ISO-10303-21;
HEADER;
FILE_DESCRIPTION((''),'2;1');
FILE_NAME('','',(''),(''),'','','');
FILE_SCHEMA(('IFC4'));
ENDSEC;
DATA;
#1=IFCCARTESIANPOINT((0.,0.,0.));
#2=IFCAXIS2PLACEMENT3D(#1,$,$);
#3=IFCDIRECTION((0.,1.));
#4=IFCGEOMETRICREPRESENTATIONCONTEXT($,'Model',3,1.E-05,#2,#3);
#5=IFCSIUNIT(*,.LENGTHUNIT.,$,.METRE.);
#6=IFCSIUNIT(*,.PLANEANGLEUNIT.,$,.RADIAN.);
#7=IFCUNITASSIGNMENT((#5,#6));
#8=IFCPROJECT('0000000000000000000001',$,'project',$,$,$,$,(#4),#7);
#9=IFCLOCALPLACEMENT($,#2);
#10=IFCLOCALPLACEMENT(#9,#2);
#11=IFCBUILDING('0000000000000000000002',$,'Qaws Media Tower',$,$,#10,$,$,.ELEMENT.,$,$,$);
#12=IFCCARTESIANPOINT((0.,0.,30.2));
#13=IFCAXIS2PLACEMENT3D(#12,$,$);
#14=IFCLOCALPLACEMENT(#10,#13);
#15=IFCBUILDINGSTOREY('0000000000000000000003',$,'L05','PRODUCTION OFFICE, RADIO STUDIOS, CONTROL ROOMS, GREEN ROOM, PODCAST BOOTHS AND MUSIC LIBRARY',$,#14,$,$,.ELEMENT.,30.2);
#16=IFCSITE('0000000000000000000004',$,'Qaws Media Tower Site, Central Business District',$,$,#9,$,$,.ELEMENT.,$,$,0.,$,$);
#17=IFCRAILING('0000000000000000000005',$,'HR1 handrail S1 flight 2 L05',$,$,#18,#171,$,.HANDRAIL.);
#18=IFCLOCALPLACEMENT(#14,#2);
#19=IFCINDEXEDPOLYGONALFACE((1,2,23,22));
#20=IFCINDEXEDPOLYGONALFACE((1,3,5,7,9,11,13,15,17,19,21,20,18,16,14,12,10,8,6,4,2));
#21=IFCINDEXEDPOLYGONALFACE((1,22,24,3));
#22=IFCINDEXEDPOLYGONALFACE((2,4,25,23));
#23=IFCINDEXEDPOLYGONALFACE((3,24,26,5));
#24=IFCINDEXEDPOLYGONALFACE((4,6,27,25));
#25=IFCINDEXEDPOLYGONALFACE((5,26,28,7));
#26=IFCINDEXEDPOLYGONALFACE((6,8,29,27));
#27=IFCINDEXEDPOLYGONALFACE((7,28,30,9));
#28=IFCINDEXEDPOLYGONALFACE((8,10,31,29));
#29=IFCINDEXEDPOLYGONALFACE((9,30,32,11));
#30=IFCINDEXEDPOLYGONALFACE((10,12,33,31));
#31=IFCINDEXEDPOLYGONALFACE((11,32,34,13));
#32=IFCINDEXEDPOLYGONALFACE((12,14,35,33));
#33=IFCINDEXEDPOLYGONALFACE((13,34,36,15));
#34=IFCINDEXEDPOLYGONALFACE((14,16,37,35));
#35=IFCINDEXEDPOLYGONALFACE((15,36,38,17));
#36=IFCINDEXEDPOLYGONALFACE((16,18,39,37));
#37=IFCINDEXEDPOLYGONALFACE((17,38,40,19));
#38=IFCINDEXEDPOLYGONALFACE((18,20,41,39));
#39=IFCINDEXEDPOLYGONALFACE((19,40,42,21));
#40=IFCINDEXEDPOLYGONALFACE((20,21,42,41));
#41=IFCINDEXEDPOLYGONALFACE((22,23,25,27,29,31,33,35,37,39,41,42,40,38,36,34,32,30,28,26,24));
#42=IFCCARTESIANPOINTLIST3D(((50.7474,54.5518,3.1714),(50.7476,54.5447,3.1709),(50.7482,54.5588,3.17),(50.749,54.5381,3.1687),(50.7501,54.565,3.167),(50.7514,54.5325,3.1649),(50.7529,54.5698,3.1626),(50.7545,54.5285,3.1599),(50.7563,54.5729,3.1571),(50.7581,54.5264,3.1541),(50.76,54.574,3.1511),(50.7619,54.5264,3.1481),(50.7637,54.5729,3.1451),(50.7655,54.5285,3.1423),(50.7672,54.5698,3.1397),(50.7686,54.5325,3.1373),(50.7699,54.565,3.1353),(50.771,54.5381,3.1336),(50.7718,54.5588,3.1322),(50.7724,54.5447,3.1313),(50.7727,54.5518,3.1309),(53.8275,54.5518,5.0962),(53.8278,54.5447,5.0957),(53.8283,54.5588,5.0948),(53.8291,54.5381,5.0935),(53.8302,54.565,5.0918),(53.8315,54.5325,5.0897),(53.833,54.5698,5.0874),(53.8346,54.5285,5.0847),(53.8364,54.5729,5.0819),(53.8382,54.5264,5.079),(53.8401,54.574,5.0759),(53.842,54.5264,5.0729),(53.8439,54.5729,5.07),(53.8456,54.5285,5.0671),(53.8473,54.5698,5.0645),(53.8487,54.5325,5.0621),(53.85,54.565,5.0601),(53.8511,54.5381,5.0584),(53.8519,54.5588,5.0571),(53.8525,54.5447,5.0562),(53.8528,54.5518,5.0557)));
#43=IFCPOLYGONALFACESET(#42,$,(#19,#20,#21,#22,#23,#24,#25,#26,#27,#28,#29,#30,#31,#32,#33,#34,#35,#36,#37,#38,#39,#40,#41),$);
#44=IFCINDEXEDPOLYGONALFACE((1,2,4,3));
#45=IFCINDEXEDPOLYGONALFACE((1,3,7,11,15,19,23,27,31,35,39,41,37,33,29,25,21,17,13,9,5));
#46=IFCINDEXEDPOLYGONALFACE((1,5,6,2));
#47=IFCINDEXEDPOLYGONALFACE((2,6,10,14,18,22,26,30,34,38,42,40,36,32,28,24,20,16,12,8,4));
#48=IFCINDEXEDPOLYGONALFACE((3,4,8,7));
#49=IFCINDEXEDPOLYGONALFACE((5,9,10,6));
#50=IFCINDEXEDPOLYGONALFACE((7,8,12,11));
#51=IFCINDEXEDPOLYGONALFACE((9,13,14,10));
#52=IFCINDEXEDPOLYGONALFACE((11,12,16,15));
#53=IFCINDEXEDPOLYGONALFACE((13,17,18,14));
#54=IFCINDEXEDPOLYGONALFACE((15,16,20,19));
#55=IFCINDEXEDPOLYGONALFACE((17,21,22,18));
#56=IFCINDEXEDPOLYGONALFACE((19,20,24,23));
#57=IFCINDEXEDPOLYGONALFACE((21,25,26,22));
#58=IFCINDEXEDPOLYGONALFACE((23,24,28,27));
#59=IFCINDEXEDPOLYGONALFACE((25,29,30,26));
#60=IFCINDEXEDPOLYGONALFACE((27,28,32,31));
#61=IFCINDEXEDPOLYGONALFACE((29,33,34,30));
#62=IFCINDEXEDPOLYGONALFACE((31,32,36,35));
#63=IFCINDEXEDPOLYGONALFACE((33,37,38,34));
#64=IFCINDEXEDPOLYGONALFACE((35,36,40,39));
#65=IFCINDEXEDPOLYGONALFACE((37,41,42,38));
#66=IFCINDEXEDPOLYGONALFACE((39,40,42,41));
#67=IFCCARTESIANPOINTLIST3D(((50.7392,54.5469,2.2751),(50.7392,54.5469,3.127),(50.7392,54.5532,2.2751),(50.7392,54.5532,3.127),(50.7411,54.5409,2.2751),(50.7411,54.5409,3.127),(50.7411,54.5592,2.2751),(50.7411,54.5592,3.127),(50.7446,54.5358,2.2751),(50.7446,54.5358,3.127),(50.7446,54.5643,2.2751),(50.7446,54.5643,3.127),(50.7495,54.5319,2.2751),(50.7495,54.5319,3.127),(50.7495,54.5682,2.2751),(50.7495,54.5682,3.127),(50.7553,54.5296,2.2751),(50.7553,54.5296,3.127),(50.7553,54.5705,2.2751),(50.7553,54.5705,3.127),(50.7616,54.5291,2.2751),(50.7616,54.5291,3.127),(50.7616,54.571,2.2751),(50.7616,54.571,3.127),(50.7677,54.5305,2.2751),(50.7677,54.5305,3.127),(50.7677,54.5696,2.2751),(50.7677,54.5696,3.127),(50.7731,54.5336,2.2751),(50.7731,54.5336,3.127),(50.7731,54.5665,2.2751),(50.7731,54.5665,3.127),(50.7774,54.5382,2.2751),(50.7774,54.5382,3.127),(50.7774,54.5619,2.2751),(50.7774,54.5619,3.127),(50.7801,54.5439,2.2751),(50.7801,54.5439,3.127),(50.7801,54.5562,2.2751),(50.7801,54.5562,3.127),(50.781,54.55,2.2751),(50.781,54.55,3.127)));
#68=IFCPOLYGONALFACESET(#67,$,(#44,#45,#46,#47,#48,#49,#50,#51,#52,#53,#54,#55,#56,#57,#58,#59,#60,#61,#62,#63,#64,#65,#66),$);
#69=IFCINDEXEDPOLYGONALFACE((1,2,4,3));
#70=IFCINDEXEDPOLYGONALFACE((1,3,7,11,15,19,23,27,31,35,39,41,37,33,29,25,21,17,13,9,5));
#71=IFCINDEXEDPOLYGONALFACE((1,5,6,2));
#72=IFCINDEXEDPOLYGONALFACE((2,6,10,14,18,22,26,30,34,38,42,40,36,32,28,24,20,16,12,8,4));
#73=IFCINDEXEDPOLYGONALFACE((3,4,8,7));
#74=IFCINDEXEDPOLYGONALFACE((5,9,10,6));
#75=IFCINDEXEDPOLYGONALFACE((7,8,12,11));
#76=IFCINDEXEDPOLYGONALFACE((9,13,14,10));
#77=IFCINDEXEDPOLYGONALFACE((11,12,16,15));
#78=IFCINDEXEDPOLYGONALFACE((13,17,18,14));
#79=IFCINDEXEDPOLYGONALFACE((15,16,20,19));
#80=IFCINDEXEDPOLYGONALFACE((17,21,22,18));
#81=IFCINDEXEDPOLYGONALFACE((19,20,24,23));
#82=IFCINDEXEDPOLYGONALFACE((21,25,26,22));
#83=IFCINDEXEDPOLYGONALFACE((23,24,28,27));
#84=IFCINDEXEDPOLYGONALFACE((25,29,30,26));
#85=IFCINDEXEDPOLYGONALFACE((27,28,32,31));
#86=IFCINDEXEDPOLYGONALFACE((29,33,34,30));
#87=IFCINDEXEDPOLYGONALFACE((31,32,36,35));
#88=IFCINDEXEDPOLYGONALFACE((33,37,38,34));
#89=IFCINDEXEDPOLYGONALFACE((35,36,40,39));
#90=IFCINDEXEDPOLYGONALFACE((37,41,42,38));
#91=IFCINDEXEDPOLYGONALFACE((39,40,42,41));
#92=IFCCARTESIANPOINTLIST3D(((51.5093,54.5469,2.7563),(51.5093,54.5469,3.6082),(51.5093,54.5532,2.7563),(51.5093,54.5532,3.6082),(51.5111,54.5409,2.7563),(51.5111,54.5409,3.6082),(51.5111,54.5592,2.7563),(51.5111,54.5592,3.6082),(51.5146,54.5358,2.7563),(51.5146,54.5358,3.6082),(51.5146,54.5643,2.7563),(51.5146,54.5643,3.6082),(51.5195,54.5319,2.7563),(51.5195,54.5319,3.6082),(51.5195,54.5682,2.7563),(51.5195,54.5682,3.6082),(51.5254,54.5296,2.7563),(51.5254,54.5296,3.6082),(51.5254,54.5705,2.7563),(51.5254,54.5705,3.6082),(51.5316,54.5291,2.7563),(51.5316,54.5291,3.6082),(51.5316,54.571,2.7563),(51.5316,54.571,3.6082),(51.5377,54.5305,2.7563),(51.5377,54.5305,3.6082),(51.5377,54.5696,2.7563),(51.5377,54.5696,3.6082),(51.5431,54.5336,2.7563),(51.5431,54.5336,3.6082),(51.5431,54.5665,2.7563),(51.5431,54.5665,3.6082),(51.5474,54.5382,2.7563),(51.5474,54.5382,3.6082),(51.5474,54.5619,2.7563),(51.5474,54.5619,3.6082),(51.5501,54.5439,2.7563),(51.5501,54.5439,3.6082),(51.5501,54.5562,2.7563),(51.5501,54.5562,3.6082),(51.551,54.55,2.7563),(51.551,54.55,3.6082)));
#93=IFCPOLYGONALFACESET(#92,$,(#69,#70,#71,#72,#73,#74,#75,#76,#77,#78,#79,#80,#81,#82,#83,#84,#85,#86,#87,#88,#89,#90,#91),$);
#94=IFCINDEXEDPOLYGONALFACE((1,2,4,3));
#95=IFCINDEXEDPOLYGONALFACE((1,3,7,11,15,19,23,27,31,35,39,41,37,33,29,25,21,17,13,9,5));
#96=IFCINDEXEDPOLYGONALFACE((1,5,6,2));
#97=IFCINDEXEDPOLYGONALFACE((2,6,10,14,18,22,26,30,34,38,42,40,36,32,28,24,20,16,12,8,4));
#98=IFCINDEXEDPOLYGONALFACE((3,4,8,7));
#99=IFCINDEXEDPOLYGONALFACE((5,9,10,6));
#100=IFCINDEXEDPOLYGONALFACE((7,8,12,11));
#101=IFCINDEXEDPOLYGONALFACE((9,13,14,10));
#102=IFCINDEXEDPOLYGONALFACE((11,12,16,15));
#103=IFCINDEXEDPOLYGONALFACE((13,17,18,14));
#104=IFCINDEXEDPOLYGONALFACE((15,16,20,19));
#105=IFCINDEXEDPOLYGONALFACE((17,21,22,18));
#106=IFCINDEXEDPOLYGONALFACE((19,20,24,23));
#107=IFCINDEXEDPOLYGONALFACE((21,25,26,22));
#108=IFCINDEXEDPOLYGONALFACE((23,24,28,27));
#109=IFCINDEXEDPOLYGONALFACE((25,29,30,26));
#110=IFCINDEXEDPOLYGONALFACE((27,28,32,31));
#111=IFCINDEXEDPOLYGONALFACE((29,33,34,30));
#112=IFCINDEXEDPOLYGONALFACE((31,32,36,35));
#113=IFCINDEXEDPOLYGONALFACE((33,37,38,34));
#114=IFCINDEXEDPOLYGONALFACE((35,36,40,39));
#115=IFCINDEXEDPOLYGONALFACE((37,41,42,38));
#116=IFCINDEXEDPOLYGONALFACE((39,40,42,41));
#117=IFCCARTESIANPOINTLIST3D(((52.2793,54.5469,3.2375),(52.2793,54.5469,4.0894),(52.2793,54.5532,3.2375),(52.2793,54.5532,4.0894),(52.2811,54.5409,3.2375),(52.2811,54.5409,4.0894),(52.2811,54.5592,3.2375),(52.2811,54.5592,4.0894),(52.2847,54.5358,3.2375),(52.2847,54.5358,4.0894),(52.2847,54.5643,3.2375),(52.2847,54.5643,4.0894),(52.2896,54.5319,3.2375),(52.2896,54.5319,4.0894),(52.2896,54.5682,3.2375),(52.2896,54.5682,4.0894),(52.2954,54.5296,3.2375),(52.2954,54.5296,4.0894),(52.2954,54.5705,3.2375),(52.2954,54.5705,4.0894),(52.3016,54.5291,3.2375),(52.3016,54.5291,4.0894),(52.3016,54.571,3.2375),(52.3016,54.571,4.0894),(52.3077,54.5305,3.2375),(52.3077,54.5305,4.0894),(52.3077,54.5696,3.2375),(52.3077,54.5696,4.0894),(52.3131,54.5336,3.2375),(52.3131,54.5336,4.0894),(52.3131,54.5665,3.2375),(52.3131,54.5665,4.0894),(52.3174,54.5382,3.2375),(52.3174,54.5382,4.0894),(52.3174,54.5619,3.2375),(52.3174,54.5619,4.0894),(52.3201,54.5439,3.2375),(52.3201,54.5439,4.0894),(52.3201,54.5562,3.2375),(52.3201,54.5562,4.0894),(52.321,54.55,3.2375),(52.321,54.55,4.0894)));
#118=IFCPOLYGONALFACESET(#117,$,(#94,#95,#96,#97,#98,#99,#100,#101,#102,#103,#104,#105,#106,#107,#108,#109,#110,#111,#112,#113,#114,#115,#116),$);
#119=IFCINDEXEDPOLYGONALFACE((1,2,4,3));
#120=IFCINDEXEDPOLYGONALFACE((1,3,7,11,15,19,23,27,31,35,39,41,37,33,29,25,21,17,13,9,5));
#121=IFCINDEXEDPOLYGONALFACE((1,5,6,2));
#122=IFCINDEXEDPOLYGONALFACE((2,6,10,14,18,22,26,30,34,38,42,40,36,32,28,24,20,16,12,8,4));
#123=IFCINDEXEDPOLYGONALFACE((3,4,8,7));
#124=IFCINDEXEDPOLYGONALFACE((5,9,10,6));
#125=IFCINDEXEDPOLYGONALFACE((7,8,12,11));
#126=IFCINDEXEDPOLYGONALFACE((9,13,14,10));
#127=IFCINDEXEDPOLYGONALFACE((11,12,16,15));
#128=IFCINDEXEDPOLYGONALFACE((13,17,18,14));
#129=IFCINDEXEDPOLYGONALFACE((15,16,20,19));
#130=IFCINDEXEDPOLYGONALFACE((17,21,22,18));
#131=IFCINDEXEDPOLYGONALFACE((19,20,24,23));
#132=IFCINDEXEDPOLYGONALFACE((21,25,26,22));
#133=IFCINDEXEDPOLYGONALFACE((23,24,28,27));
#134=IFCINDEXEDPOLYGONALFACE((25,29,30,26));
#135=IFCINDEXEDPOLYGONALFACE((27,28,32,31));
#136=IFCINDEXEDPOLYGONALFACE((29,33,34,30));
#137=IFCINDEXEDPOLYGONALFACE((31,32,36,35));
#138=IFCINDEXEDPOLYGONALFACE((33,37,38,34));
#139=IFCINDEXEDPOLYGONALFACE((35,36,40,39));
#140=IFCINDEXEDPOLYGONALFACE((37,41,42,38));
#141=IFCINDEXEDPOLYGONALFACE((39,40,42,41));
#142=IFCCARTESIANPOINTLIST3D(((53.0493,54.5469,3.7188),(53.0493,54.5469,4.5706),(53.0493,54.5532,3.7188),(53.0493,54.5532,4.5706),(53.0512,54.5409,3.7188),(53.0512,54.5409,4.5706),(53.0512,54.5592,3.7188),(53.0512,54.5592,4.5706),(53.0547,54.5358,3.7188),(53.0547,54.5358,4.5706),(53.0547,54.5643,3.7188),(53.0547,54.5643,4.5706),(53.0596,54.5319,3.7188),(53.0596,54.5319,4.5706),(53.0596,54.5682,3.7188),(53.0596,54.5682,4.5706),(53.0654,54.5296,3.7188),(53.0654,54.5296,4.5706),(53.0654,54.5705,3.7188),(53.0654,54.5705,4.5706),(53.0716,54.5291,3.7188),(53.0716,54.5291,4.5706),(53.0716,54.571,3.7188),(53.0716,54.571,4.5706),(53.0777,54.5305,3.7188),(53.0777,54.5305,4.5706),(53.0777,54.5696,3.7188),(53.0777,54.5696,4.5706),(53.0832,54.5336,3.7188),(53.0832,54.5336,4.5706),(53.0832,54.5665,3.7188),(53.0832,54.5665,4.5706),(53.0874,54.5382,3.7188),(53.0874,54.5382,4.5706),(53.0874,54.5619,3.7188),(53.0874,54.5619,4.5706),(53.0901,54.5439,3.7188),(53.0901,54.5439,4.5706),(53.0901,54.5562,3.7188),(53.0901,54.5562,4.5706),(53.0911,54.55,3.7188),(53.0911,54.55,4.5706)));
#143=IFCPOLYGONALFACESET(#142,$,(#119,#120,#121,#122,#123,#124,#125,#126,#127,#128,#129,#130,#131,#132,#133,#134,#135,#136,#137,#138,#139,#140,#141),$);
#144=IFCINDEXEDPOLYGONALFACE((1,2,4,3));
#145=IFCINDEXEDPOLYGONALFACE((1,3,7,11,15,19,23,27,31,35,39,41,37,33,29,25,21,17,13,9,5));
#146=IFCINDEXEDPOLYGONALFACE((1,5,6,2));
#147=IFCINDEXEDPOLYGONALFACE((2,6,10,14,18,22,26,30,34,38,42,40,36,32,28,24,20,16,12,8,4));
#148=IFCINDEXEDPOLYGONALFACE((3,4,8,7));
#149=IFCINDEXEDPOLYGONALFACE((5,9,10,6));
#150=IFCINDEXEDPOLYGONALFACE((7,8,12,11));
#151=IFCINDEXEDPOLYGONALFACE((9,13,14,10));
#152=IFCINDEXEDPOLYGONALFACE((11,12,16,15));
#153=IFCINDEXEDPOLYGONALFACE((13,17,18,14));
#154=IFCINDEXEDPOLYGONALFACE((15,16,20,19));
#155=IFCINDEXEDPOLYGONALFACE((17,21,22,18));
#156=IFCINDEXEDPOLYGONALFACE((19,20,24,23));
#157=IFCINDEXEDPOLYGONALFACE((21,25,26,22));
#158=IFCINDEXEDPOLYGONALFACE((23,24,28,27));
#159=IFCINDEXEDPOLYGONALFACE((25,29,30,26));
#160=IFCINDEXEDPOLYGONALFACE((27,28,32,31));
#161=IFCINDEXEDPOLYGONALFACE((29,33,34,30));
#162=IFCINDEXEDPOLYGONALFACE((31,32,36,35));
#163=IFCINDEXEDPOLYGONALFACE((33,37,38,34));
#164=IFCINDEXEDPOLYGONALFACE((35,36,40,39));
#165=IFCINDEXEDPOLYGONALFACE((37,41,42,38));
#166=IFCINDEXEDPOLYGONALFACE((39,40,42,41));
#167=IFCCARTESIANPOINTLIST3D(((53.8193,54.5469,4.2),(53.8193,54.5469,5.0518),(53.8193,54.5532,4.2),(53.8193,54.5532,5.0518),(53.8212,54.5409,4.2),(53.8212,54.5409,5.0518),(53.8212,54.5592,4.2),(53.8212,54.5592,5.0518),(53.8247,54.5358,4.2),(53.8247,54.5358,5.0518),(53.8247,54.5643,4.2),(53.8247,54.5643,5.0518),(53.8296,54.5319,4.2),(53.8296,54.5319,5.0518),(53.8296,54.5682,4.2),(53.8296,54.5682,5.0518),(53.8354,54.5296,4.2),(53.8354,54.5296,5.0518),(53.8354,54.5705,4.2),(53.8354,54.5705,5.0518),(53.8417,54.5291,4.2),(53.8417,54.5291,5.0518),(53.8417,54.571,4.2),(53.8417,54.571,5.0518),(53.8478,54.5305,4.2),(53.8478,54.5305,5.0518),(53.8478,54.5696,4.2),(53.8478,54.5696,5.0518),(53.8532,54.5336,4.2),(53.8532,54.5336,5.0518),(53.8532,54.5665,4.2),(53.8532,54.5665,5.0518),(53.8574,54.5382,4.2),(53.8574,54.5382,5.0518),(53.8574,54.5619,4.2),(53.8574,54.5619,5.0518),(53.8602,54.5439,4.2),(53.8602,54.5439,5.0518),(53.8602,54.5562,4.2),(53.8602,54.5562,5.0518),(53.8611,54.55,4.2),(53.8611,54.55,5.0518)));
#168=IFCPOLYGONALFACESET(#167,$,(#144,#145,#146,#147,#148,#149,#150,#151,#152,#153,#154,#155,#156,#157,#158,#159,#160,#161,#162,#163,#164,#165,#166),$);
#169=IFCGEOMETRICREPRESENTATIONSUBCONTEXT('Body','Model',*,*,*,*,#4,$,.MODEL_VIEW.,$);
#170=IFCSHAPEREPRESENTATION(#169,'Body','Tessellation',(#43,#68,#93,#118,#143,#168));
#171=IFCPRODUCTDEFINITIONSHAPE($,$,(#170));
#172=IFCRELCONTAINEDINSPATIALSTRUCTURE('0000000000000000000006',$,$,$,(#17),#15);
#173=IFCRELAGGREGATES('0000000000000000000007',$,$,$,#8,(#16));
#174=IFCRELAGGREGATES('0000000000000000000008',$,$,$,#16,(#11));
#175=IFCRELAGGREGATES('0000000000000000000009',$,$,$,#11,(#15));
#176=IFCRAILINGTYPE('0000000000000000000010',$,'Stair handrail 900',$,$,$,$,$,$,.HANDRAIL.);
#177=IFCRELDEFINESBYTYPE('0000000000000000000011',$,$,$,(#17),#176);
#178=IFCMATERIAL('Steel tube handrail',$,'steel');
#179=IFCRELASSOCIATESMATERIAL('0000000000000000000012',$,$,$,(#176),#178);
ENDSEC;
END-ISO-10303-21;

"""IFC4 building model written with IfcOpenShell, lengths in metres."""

from ifc_helpers import new_model, si_unit, direction, frame, origin, origin_2d, place, context, subcontext, project, spatial, circle, extrude, material, type_object, element, save


model = new_model("IFC4")

# Units and contexts
model_context = context("Model", 3, precision=1e-05, world=origin(), true_north=direction((0.0, 1.0)))
body_context = subcontext(model_context, "Body", "Model", "MODEL_VIEW")
ifc_project = project(units=[si_unit("LENGTHUNIT", "METRE"), si_unit("PLANEANGLEUNIT", "RADIAN")], contexts=[model_context])

# Site, building, storey
site_placement = place(None, origin())
site = spatial("IfcSite", under=ifc_project, at=site_placement, Name="Qaws Media Tower Site, Central Business District", CompositionType="ELEMENT", RefElevation=0.0)
building_placement = place(site_placement, origin())
building = spatial("IfcBuilding", under=site, at=building_placement, Name="Qaws Media Tower", CompositionType="ELEMENT")
storey_placement = place(building_placement, frame((0.0, 0.0, 30.2)))
storey = spatial("IfcBuildingStorey", under=building, at=storey_placement, Name="L05", Description="PRODUCTION OFFICE, RADIO STUDIOS, CONTROL ROOMS, GREEN ROOM, PODCAST BOOTHS AND MUSIC LIBRARY", CompositionType="ELEMENT", Elevation=30.2)

# Railing
ifc_material_1 = material(Name="Steel tube handrail", Category="steel")
railing_type = type_object("IfcRailingType", Name="Stair handrail 900", PredefinedType="HANDRAIL", material=ifc_material_1)
for number, where, name in (
    (1, (50.76, 54.55, 2.2751), "HR1 handrail S1 flight 2 L05"),
):
    element("IfcRailing", number, at=place(storey_placement, frame(where)), inside=storey, type_object=railing_type, Name=name, PredefinedType="HANDRAIL", context=body_context, shape_type="SweptSolid", body=[
        extrude(circle(Radius=0.0239, at=origin_2d()), frame((0.0, 0.0, 0.876), z_axis=(0.848029, 0.0, 0.529951), x_axis=(0.0, 1.0, 0.0)), (0.0, 0.0, 1.0), 3.6321),
        extrude(circle(Radius=0.021, at=origin_2d()), origin(), (0.0, 0.0, 1.0), 0.8518),
        extrude(circle(Radius=0.021, at=origin_2d()), frame((0.77, 0.0, 0.4812)), (0.0, 0.0, 1.0), 0.8518),
        extrude(circle(Radius=0.021, at=origin_2d()), frame((1.54, 0.0, 0.9624)), (0.0, 0.0, 1.0), 0.8518),
        extrude(circle(Radius=0.021, at=origin_2d()), frame((2.3101, 0.0, 1.4436)), (0.0, 0.0, 1.0), 0.8518),
        extrude(circle(Radius=0.021, at=origin_2d()), frame((3.0801, 0.0, 1.9248)), (0.0, 0.0, 1.0), 0.8518),
    ])

save(model, "model.ifc")
